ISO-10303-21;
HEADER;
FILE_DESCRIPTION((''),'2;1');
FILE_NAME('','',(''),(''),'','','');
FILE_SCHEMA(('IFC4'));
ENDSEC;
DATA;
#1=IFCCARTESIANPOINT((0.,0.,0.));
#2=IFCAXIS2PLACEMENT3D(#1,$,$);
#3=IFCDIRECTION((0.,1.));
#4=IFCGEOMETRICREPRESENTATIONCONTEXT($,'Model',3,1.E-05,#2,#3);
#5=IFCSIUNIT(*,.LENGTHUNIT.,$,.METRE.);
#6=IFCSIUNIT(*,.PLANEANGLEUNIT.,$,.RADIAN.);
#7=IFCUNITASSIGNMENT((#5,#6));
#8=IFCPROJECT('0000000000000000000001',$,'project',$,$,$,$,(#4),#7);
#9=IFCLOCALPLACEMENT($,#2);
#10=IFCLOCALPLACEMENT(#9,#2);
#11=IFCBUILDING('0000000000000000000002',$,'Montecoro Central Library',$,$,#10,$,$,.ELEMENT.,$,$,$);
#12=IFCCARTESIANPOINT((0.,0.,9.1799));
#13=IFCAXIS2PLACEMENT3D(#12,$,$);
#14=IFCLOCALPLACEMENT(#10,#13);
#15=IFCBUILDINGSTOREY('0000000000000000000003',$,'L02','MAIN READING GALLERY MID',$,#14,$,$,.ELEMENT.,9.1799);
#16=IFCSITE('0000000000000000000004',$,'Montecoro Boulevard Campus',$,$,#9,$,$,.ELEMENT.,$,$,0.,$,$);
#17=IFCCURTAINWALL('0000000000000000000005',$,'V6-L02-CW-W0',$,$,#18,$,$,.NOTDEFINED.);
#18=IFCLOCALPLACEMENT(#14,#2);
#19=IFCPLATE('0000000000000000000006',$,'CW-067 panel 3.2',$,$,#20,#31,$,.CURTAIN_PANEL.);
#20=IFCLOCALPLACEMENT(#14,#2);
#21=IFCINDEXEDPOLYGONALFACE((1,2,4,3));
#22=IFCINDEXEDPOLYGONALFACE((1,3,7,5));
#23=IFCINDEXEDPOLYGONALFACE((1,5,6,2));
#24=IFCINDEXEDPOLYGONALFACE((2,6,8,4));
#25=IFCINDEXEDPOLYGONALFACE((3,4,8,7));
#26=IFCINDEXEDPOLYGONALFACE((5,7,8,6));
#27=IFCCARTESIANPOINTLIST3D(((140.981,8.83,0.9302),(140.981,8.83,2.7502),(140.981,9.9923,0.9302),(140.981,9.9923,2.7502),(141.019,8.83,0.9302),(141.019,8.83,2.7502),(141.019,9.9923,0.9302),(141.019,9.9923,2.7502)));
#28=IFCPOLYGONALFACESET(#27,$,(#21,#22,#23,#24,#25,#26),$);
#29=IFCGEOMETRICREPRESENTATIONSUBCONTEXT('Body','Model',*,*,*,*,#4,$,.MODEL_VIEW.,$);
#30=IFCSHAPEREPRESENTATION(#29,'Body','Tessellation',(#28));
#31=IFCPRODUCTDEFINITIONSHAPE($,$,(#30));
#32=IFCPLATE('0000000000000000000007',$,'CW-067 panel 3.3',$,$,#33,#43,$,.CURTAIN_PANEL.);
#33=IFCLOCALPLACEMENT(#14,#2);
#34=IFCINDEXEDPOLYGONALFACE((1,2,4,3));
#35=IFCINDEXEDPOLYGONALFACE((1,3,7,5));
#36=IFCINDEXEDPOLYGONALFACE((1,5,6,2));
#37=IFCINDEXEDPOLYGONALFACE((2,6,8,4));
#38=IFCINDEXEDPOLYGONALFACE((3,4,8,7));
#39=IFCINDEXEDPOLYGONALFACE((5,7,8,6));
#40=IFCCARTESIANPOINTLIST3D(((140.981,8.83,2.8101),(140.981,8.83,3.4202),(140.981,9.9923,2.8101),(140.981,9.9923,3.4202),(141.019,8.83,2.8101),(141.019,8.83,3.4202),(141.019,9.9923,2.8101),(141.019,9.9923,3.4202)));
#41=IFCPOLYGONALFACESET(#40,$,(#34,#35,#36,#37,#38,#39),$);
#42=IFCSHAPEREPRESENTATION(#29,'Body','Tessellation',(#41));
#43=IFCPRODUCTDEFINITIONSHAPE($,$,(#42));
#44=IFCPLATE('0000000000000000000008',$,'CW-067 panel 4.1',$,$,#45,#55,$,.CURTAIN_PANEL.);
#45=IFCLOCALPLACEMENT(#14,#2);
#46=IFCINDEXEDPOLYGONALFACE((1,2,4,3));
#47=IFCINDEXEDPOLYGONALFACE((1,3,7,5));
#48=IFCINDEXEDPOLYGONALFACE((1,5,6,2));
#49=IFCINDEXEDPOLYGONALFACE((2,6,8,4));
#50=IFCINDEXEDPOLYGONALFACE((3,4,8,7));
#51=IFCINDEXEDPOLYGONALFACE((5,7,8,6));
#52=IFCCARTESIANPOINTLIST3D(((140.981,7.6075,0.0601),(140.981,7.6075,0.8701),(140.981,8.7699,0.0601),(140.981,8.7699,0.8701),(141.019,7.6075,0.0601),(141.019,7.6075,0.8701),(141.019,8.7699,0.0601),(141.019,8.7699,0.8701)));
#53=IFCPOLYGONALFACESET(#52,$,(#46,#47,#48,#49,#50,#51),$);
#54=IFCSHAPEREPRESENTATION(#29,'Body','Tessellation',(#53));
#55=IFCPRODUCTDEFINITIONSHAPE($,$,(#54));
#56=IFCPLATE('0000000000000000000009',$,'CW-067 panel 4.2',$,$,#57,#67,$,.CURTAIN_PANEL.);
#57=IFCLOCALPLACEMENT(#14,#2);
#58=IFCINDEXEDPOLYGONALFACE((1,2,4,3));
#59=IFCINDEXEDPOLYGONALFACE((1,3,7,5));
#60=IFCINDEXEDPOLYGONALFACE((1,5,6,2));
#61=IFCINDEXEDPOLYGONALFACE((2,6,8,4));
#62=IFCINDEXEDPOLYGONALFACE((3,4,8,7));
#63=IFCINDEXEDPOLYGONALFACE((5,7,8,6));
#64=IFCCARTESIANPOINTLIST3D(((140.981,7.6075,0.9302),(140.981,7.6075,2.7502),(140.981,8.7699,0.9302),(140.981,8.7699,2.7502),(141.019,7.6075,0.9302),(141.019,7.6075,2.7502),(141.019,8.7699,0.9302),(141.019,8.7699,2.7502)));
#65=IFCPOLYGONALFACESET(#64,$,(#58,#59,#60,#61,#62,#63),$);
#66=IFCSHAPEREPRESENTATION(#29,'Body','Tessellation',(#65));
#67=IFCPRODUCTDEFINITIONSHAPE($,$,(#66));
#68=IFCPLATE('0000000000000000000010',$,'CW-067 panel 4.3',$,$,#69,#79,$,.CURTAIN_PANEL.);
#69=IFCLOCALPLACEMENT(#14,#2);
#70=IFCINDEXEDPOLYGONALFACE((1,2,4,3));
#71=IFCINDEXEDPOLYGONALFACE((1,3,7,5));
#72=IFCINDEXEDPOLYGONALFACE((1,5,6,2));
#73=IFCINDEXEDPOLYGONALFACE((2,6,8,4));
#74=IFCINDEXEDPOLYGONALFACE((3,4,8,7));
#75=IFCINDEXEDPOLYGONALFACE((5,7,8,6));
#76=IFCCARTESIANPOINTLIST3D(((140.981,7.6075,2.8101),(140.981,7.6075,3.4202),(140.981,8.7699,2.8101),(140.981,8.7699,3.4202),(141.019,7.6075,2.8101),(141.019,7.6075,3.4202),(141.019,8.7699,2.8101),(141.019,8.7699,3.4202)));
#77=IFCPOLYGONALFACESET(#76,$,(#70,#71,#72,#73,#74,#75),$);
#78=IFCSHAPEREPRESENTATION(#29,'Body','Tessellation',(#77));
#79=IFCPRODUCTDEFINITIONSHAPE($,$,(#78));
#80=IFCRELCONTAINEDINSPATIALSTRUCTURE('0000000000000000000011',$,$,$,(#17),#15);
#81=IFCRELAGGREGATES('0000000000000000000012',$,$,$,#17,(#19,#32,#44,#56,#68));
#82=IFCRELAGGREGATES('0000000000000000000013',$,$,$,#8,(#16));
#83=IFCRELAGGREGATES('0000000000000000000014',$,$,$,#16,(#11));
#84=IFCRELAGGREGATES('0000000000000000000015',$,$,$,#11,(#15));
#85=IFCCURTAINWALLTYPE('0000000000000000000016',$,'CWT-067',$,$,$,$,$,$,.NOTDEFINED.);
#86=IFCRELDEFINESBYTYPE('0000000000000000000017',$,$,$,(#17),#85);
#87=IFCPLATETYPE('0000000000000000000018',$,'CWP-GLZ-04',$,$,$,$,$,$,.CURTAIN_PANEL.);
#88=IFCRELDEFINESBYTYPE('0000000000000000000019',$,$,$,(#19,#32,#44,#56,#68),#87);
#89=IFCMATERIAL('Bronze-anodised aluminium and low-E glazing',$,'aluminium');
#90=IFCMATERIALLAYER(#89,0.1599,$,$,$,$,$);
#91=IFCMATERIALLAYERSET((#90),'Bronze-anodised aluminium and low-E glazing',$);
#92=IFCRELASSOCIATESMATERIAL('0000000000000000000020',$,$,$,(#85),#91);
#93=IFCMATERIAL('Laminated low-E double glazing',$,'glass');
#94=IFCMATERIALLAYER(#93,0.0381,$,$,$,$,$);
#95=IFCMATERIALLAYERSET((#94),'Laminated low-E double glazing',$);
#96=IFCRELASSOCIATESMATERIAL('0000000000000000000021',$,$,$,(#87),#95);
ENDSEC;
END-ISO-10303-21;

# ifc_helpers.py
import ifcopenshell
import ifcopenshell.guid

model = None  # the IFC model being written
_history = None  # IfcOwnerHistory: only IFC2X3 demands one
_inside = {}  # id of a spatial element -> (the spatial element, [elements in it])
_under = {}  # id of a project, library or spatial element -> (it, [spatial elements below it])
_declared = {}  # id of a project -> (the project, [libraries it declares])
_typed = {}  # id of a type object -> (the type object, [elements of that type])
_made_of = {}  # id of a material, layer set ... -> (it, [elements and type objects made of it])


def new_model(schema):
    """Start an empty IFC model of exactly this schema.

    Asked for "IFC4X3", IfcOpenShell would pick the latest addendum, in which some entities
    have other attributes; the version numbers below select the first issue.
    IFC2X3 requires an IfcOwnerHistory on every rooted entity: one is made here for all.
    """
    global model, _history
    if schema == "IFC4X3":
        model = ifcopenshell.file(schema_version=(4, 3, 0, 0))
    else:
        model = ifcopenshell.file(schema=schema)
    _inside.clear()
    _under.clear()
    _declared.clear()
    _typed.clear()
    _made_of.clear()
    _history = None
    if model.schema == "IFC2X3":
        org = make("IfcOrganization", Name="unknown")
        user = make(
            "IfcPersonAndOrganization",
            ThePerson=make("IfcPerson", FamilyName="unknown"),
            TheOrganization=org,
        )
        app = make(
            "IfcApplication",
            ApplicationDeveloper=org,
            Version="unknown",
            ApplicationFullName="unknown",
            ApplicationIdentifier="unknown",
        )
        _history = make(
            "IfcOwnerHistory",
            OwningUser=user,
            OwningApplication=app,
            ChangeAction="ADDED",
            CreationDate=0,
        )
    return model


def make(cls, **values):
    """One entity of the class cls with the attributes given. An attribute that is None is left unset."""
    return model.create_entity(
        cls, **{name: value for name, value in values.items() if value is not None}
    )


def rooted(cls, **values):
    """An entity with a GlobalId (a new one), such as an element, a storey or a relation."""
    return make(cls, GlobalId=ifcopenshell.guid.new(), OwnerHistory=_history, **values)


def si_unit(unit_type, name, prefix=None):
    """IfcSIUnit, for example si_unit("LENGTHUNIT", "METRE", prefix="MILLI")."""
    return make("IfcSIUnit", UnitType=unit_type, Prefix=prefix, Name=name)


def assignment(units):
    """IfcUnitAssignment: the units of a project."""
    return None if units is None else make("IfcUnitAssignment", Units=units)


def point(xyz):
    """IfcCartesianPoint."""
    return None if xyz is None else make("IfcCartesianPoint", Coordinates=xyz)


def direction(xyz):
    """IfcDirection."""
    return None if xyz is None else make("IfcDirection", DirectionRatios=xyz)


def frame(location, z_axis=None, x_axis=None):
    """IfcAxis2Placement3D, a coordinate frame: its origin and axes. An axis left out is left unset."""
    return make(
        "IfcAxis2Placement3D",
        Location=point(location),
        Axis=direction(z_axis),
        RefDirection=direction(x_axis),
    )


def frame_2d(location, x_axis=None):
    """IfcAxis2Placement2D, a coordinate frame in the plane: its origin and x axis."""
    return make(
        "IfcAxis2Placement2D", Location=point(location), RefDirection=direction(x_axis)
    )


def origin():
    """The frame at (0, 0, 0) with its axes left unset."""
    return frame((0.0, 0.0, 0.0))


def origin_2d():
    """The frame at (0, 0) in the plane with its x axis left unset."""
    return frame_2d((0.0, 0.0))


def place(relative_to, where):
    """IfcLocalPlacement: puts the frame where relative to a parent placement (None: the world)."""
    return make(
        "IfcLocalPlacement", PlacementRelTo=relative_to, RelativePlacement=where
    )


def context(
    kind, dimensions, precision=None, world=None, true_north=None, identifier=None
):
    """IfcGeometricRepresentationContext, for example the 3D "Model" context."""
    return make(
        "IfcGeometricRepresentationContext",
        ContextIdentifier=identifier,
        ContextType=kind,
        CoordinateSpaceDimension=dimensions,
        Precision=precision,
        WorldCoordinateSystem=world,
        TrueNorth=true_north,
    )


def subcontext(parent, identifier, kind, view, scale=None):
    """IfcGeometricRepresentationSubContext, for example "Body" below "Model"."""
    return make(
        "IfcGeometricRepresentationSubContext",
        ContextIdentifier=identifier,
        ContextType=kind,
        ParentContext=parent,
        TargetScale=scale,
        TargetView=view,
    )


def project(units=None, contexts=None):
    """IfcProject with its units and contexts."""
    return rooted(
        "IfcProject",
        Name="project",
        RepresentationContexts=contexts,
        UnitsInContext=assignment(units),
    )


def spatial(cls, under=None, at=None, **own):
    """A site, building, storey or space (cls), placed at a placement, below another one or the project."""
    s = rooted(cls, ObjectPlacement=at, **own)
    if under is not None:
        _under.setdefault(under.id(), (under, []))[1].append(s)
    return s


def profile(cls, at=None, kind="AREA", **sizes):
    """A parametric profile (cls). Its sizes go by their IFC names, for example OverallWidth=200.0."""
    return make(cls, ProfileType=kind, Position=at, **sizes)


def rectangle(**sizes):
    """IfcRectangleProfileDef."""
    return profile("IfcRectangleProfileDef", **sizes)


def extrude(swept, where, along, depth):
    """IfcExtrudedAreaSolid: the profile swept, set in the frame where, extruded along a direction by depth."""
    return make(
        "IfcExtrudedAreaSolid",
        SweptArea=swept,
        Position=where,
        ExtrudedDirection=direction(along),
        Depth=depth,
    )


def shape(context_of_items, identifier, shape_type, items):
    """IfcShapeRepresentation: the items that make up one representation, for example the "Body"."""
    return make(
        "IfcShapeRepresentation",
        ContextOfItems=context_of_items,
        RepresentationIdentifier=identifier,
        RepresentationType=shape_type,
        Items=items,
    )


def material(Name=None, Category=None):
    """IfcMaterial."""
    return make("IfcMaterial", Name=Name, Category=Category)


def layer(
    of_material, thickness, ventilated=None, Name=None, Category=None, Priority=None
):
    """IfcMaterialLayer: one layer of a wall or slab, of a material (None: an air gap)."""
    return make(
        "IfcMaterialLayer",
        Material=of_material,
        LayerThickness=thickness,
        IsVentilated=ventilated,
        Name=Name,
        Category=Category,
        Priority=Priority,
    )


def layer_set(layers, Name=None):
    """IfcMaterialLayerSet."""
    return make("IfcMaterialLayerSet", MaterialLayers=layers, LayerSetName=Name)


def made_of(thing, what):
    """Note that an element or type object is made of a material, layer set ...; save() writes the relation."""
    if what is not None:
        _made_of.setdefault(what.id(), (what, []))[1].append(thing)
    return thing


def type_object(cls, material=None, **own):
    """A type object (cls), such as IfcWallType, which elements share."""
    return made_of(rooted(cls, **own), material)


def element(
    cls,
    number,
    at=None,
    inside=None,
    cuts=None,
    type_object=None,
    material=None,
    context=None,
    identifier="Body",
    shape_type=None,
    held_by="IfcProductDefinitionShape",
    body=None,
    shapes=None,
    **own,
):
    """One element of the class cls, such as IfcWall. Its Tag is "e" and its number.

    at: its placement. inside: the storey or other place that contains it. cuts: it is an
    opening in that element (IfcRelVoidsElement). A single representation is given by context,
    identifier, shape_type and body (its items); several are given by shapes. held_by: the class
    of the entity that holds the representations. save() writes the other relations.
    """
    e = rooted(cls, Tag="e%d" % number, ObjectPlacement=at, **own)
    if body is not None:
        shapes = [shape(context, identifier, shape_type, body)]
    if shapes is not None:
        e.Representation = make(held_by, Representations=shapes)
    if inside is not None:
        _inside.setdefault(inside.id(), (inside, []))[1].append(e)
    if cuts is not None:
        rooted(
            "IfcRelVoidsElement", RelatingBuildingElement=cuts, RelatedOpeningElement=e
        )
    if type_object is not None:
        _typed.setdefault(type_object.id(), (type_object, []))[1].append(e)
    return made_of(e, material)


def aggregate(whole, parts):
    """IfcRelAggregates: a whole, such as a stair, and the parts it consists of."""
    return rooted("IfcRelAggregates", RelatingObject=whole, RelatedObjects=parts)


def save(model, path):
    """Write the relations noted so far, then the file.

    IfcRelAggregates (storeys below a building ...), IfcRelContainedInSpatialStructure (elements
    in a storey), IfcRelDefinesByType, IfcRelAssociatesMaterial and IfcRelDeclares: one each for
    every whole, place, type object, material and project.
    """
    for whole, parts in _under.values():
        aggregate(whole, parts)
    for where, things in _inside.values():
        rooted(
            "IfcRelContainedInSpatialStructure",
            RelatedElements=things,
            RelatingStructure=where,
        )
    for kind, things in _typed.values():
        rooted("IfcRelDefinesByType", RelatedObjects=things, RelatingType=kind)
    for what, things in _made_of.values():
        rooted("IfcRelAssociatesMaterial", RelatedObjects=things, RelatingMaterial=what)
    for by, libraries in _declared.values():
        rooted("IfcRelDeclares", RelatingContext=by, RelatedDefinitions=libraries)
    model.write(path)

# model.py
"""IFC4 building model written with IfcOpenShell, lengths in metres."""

from ifc_helpers import new_model, si_unit, direction, frame, origin, origin_2d, place, context, subcontext, project, spatial, rectangle, extrude, material, layer, layer_set, type_object, element, aggregate, save


model = new_model("IFC4")

# Units and contexts
model_context = context("Model", 3, precision=1e-05, world=origin(), true_north=direction((0.0, 1.0)))
body_context = subcontext(model_context, "Body", "Model", "MODEL_VIEW")
ifc_project = project(units=[si_unit("LENGTHUNIT", "METRE"), si_unit("PLANEANGLEUNIT", "RADIAN")], contexts=[model_context])

# Site, building, storey
site_placement = place(None, origin())
site = spatial("IfcSite", under=ifc_project, at=site_placement, Name="Montecoro Boulevard Campus", CompositionType="ELEMENT", RefElevation=0.0)
building_placement = place(site_placement, origin())
building = spatial("IfcBuilding", under=site, at=building_placement, Name="Montecoro Central Library", CompositionType="ELEMENT")
storey_placement = place(building_placement, frame((0.0, 0.0, 9.1799)))
storey = spatial("IfcBuildingStorey", under=building, at=storey_placement, Name="L02", Description="MAIN READING GALLERY MID", CompositionType="ELEMENT", Elevation=9.1799)

# Curtain wall, plates
ifc_material_1 = material(Name="Bronze-anodised aluminium and low-E glazing", Category="aluminium")
ifc_layer_1 = layer(ifc_material_1, 0.1599)
ifc_layer_set_1 = layer_set([ifc_layer_1], Name="Bronze-anodised aluminium and low-E glazing")
curtain_wall_type = type_object("IfcCurtainWallType", Name="CWT-067", PredefinedType="NOTDEFINED", material=ifc_layer_set_1)
curtain_wall_placement = place(storey_placement, origin())
curtain_wall = element("IfcCurtainWall", 1, at=curtain_wall_placement, inside=storey, type_object=curtain_wall_type, Name="V6-L02-CW-W0", PredefinedType="NOTDEFINED")
ifc_material_2 = material(Name="Laminated low-E double glazing", Category="glass")
ifc_layer_2 = layer(ifc_material_2, 0.0381)
ifc_layer_set_2 = layer_set([ifc_layer_2], Name="Laminated low-E double glazing")
plate_type = type_object("IfcPlateType", Name="CWP-GLZ-04", PredefinedType="CURTAIN_PANEL", material=ifc_layer_set_2)
plate_1_placement = place(storey_placement, frame((141.0, 9.4111, 0.9302), z_axis=(0.0, 0.0, 1.0), x_axis=(0.0, -1.0, 0.0)))
plate_1 = element("IfcPlate", 2, at=plate_1_placement, type_object=plate_type, Name="CW-067 panel 3.2", PredefinedType="CURTAIN_PANEL", context=body_context, shape_type="SweptSolid", body=[
    extrude(rectangle(XDim=1.1624, YDim=0.0381, at=origin_2d()), origin(), (0.0, 0.0, 1.0), 1.8201),
])
plate_2_placement = place(storey_placement, frame((141.0, 9.4111, 2.8101), z_axis=(0.0, 0.0, 1.0), x_axis=(0.0, -1.0, 0.0)))
plate_2 = element("IfcPlate", 3, at=plate_2_placement, type_object=plate_type, Name="CW-067 panel 3.3", PredefinedType="CURTAIN_PANEL", context=body_context, shape_type="SweptSolid", body=[
    extrude(rectangle(XDim=1.1624, YDim=0.0381, at=origin_2d()), origin(), (0.0, 0.0, 1.0), 0.6101),
])
plate_3_placement = place(storey_placement, frame((141.0, 8.1887, 0.0601), z_axis=(0.0, 0.0, 1.0), x_axis=(0.0, -1.0, 0.0)))
plate_3 = element("IfcPlate", 4, at=plate_3_placement, type_object=plate_type, Name="CW-067 panel 4.1", PredefinedType="CURTAIN_PANEL", context=body_context, shape_type="SweptSolid", body=[
    extrude(rectangle(XDim=1.1624, YDim=0.0381, at=origin_2d()), origin(), (0.0, 0.0, 1.0), 0.8101),
])
plate_4_placement = place(storey_placement, frame((141.0, 8.1887, 0.9302), z_axis=(0.0, 0.0, 1.0), x_axis=(0.0, -1.0, 0.0)))
plate_4 = element("IfcPlate", 5, at=plate_4_placement, type_object=plate_type, Name="CW-067 panel 4.2", PredefinedType="CURTAIN_PANEL", context=body_context, shape_type="SweptSolid", body=[
    extrude(rectangle(XDim=1.1624, YDim=0.0381, at=origin_2d()), origin(), (0.0, 0.0, 1.0), 1.8201),
])
plate_5_placement = place(storey_placement, frame((141.0, 8.1887, 2.8101), z_axis=(0.0, 0.0, 1.0), x_axis=(0.0, -1.0, 0.0)))
plate_5 = element("IfcPlate", 6, at=plate_5_placement, type_object=plate_type, Name="CW-067 panel 4.3", PredefinedType="CURTAIN_PANEL", context=body_context, shape_type="SweptSolid", body=[
    extrude(rectangle(XDim=1.1624, YDim=0.0381, at=origin_2d()), origin(), (0.0, 0.0, 1.0), 0.6101),
])
aggregate(curtain_wall, [plate_1, plate_2, plate_3, plate_4, plate_5])

save(model, "model.ifc")
